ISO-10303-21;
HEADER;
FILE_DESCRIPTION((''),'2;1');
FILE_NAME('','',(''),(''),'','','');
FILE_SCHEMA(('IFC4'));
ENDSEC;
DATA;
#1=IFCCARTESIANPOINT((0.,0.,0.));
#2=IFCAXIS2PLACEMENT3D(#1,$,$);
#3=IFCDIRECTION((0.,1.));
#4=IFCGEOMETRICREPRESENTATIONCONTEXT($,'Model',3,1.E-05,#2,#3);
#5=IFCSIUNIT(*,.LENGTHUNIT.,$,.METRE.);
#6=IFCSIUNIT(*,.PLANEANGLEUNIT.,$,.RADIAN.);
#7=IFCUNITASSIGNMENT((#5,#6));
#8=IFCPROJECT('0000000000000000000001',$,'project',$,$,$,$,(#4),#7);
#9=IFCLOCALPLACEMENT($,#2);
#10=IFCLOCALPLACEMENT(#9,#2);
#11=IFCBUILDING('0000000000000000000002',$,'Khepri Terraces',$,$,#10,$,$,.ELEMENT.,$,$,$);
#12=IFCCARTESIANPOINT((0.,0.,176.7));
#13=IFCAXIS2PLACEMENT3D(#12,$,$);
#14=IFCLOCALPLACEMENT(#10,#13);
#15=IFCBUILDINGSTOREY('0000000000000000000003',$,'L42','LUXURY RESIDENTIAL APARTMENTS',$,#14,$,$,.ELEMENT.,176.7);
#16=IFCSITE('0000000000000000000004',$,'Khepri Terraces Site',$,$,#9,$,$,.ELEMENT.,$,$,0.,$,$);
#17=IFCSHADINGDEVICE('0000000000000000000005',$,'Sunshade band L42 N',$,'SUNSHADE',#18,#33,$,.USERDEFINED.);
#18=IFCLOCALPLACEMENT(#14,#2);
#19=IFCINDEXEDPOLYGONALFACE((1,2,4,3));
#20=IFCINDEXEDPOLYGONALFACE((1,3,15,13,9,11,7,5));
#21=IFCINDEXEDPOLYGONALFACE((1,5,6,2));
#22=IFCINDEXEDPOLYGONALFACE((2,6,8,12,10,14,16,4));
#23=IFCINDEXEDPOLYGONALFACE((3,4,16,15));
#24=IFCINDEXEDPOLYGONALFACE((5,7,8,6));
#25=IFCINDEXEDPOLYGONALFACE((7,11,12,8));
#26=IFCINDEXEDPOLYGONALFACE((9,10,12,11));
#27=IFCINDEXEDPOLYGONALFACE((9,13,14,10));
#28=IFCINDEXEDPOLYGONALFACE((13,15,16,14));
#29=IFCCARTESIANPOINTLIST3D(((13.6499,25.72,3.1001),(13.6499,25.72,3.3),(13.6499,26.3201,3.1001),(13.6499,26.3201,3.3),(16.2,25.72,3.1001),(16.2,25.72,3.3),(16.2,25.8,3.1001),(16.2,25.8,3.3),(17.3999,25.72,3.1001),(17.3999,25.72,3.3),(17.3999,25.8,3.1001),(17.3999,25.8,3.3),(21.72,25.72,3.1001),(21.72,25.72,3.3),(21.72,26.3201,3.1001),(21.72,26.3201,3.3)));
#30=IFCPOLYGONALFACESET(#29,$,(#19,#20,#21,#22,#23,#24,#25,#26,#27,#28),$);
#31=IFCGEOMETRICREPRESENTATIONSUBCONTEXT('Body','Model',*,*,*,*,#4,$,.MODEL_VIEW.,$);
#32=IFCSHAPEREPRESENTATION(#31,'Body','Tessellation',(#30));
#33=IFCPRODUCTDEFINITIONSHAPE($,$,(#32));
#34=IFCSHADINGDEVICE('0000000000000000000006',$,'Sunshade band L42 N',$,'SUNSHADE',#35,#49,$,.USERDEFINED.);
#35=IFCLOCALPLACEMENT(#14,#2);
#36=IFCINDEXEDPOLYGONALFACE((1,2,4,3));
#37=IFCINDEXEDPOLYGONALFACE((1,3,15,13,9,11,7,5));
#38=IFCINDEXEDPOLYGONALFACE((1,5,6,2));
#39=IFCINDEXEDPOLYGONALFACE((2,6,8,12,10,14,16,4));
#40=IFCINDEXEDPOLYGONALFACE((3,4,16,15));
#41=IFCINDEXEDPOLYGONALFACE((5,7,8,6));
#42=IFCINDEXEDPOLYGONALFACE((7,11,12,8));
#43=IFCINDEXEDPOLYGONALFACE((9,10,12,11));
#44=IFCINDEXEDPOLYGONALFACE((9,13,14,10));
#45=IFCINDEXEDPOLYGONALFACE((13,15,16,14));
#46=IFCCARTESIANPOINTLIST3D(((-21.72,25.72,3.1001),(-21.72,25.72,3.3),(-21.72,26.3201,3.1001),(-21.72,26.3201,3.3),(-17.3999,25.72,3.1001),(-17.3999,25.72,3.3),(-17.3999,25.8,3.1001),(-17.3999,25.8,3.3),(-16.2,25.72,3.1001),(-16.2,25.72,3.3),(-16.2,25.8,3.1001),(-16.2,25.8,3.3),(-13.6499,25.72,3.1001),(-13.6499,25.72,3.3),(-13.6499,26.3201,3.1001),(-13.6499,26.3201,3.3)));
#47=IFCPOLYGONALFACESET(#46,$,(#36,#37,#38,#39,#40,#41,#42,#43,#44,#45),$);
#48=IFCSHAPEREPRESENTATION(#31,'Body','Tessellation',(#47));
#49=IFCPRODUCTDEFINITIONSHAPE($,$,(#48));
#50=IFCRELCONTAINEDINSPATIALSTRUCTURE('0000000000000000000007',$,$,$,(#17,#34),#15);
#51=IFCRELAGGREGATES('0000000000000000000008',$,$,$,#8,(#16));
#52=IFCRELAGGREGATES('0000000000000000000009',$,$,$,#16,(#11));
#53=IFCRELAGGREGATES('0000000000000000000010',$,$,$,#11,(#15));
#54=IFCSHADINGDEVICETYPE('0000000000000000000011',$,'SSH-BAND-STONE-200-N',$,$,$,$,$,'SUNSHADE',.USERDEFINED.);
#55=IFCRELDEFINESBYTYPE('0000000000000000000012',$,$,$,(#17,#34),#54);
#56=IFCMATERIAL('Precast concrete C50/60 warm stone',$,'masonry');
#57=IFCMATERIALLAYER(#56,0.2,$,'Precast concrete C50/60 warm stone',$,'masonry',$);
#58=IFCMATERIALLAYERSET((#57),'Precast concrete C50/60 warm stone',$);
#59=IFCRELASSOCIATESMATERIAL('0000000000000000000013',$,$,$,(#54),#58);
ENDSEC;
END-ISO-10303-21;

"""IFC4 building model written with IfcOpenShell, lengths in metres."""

from ifc_helpers import new_model, si_unit, direction, frame, origin, place, context, subcontext, project, spatial, polyline, outline, extrude, material, layer, layer_set, type_object, element, save


model = new_model("IFC4")

# Units and contexts
model_context = context("Model", 3, precision=1e-05, world=origin(), true_north=direction((0.0, 1.0)))
body_context = subcontext(model_context, "Body", "Model", "MODEL_VIEW")
ifc_project = project(units=[si_unit("LENGTHUNIT", "METRE"), si_unit("PLANEANGLEUNIT", "RADIAN")], contexts=[model_context])

# Site, building, storey
site_placement = place(None, origin())
site = spatial("IfcSite", under=ifc_project, at=site_placement, Name="Khepri Terraces Site", CompositionType="ELEMENT", RefElevation=0.0)
building_placement = place(site_placement, origin())
building = spatial("IfcBuilding", under=site, at=building_placement, Name="Khepri Terraces", CompositionType="ELEMENT")
storey_placement = place(building_placement, frame((0.0, 0.0, 176.7)))
storey = spatial("IfcBuildingStorey", under=building, at=storey_placement, Name="L42", Description="LUXURY RESIDENTIAL APARTMENTS", CompositionType="ELEMENT", Elevation=176.7)

# Shading devices
ifc_material_1 = material(Name="Precast concrete C50/60 warm stone", Category="masonry")
ifc_layer_1 = layer(ifc_material_1, 0.2, Name="Precast concrete C50/60 warm stone", Category="masonry")
ifc_layer_set_1 = layer_set([ifc_layer_1], Name="Precast concrete C50/60 warm stone")
shading_device_type_1 = type_object("IfcShadingDeviceType", Name="SSH-BAND-STONE-200-N", ElementType="SUNSHADE", PredefinedType="USERDEFINED", material=ifc_layer_set_1)
shading_device_1_placement = place(storey_placement, frame((0.0, 0.0, 3.1001)))
element("IfcShadingDevice", 1, at=shading_device_1_placement, inside=storey, type_object=shading_device_type_1, Name="Sunshade band L42 N", ObjectType="SUNSHADE", PredefinedType="USERDEFINED", context=body_context, shape_type="SweptSolid", body=[
    extrude(outline(polyline([(17.3999, 25.72), (21.72, 25.72), (21.72, 26.3201), (13.6499, 26.3201), (13.6499, 25.72), (16.2, 25.72), (16.2, 25.8), (17.3999, 25.8), (17.3999, 25.72)])), origin(), (0.0, 0.0, 1.0), 0.2),
])
shading_device_2_placement = place(storey_placement, frame((0.0, 0.0, 3.1001)))
element("IfcShadingDevice", 2, at=shading_device_2_placement, inside=storey, type_object=shading_device_type_1, Name="Sunshade band L42 N", ObjectType="SUNSHADE", PredefinedType="USERDEFINED", context=body_context, shape_type="SweptSolid", body=[
    extrude(outline(polyline([(-16.2, 25.72), (-13.6499, 25.72), (-13.6499, 26.3201), (-21.72, 26.3201), (-21.72, 25.72), (-17.3999, 25.72), (-17.3999, 25.8), (-16.2, 25.8), (-16.2, 25.72)])), origin(), (0.0, 0.0, 1.0), 0.2),
])

save(model, "model.ifc")
